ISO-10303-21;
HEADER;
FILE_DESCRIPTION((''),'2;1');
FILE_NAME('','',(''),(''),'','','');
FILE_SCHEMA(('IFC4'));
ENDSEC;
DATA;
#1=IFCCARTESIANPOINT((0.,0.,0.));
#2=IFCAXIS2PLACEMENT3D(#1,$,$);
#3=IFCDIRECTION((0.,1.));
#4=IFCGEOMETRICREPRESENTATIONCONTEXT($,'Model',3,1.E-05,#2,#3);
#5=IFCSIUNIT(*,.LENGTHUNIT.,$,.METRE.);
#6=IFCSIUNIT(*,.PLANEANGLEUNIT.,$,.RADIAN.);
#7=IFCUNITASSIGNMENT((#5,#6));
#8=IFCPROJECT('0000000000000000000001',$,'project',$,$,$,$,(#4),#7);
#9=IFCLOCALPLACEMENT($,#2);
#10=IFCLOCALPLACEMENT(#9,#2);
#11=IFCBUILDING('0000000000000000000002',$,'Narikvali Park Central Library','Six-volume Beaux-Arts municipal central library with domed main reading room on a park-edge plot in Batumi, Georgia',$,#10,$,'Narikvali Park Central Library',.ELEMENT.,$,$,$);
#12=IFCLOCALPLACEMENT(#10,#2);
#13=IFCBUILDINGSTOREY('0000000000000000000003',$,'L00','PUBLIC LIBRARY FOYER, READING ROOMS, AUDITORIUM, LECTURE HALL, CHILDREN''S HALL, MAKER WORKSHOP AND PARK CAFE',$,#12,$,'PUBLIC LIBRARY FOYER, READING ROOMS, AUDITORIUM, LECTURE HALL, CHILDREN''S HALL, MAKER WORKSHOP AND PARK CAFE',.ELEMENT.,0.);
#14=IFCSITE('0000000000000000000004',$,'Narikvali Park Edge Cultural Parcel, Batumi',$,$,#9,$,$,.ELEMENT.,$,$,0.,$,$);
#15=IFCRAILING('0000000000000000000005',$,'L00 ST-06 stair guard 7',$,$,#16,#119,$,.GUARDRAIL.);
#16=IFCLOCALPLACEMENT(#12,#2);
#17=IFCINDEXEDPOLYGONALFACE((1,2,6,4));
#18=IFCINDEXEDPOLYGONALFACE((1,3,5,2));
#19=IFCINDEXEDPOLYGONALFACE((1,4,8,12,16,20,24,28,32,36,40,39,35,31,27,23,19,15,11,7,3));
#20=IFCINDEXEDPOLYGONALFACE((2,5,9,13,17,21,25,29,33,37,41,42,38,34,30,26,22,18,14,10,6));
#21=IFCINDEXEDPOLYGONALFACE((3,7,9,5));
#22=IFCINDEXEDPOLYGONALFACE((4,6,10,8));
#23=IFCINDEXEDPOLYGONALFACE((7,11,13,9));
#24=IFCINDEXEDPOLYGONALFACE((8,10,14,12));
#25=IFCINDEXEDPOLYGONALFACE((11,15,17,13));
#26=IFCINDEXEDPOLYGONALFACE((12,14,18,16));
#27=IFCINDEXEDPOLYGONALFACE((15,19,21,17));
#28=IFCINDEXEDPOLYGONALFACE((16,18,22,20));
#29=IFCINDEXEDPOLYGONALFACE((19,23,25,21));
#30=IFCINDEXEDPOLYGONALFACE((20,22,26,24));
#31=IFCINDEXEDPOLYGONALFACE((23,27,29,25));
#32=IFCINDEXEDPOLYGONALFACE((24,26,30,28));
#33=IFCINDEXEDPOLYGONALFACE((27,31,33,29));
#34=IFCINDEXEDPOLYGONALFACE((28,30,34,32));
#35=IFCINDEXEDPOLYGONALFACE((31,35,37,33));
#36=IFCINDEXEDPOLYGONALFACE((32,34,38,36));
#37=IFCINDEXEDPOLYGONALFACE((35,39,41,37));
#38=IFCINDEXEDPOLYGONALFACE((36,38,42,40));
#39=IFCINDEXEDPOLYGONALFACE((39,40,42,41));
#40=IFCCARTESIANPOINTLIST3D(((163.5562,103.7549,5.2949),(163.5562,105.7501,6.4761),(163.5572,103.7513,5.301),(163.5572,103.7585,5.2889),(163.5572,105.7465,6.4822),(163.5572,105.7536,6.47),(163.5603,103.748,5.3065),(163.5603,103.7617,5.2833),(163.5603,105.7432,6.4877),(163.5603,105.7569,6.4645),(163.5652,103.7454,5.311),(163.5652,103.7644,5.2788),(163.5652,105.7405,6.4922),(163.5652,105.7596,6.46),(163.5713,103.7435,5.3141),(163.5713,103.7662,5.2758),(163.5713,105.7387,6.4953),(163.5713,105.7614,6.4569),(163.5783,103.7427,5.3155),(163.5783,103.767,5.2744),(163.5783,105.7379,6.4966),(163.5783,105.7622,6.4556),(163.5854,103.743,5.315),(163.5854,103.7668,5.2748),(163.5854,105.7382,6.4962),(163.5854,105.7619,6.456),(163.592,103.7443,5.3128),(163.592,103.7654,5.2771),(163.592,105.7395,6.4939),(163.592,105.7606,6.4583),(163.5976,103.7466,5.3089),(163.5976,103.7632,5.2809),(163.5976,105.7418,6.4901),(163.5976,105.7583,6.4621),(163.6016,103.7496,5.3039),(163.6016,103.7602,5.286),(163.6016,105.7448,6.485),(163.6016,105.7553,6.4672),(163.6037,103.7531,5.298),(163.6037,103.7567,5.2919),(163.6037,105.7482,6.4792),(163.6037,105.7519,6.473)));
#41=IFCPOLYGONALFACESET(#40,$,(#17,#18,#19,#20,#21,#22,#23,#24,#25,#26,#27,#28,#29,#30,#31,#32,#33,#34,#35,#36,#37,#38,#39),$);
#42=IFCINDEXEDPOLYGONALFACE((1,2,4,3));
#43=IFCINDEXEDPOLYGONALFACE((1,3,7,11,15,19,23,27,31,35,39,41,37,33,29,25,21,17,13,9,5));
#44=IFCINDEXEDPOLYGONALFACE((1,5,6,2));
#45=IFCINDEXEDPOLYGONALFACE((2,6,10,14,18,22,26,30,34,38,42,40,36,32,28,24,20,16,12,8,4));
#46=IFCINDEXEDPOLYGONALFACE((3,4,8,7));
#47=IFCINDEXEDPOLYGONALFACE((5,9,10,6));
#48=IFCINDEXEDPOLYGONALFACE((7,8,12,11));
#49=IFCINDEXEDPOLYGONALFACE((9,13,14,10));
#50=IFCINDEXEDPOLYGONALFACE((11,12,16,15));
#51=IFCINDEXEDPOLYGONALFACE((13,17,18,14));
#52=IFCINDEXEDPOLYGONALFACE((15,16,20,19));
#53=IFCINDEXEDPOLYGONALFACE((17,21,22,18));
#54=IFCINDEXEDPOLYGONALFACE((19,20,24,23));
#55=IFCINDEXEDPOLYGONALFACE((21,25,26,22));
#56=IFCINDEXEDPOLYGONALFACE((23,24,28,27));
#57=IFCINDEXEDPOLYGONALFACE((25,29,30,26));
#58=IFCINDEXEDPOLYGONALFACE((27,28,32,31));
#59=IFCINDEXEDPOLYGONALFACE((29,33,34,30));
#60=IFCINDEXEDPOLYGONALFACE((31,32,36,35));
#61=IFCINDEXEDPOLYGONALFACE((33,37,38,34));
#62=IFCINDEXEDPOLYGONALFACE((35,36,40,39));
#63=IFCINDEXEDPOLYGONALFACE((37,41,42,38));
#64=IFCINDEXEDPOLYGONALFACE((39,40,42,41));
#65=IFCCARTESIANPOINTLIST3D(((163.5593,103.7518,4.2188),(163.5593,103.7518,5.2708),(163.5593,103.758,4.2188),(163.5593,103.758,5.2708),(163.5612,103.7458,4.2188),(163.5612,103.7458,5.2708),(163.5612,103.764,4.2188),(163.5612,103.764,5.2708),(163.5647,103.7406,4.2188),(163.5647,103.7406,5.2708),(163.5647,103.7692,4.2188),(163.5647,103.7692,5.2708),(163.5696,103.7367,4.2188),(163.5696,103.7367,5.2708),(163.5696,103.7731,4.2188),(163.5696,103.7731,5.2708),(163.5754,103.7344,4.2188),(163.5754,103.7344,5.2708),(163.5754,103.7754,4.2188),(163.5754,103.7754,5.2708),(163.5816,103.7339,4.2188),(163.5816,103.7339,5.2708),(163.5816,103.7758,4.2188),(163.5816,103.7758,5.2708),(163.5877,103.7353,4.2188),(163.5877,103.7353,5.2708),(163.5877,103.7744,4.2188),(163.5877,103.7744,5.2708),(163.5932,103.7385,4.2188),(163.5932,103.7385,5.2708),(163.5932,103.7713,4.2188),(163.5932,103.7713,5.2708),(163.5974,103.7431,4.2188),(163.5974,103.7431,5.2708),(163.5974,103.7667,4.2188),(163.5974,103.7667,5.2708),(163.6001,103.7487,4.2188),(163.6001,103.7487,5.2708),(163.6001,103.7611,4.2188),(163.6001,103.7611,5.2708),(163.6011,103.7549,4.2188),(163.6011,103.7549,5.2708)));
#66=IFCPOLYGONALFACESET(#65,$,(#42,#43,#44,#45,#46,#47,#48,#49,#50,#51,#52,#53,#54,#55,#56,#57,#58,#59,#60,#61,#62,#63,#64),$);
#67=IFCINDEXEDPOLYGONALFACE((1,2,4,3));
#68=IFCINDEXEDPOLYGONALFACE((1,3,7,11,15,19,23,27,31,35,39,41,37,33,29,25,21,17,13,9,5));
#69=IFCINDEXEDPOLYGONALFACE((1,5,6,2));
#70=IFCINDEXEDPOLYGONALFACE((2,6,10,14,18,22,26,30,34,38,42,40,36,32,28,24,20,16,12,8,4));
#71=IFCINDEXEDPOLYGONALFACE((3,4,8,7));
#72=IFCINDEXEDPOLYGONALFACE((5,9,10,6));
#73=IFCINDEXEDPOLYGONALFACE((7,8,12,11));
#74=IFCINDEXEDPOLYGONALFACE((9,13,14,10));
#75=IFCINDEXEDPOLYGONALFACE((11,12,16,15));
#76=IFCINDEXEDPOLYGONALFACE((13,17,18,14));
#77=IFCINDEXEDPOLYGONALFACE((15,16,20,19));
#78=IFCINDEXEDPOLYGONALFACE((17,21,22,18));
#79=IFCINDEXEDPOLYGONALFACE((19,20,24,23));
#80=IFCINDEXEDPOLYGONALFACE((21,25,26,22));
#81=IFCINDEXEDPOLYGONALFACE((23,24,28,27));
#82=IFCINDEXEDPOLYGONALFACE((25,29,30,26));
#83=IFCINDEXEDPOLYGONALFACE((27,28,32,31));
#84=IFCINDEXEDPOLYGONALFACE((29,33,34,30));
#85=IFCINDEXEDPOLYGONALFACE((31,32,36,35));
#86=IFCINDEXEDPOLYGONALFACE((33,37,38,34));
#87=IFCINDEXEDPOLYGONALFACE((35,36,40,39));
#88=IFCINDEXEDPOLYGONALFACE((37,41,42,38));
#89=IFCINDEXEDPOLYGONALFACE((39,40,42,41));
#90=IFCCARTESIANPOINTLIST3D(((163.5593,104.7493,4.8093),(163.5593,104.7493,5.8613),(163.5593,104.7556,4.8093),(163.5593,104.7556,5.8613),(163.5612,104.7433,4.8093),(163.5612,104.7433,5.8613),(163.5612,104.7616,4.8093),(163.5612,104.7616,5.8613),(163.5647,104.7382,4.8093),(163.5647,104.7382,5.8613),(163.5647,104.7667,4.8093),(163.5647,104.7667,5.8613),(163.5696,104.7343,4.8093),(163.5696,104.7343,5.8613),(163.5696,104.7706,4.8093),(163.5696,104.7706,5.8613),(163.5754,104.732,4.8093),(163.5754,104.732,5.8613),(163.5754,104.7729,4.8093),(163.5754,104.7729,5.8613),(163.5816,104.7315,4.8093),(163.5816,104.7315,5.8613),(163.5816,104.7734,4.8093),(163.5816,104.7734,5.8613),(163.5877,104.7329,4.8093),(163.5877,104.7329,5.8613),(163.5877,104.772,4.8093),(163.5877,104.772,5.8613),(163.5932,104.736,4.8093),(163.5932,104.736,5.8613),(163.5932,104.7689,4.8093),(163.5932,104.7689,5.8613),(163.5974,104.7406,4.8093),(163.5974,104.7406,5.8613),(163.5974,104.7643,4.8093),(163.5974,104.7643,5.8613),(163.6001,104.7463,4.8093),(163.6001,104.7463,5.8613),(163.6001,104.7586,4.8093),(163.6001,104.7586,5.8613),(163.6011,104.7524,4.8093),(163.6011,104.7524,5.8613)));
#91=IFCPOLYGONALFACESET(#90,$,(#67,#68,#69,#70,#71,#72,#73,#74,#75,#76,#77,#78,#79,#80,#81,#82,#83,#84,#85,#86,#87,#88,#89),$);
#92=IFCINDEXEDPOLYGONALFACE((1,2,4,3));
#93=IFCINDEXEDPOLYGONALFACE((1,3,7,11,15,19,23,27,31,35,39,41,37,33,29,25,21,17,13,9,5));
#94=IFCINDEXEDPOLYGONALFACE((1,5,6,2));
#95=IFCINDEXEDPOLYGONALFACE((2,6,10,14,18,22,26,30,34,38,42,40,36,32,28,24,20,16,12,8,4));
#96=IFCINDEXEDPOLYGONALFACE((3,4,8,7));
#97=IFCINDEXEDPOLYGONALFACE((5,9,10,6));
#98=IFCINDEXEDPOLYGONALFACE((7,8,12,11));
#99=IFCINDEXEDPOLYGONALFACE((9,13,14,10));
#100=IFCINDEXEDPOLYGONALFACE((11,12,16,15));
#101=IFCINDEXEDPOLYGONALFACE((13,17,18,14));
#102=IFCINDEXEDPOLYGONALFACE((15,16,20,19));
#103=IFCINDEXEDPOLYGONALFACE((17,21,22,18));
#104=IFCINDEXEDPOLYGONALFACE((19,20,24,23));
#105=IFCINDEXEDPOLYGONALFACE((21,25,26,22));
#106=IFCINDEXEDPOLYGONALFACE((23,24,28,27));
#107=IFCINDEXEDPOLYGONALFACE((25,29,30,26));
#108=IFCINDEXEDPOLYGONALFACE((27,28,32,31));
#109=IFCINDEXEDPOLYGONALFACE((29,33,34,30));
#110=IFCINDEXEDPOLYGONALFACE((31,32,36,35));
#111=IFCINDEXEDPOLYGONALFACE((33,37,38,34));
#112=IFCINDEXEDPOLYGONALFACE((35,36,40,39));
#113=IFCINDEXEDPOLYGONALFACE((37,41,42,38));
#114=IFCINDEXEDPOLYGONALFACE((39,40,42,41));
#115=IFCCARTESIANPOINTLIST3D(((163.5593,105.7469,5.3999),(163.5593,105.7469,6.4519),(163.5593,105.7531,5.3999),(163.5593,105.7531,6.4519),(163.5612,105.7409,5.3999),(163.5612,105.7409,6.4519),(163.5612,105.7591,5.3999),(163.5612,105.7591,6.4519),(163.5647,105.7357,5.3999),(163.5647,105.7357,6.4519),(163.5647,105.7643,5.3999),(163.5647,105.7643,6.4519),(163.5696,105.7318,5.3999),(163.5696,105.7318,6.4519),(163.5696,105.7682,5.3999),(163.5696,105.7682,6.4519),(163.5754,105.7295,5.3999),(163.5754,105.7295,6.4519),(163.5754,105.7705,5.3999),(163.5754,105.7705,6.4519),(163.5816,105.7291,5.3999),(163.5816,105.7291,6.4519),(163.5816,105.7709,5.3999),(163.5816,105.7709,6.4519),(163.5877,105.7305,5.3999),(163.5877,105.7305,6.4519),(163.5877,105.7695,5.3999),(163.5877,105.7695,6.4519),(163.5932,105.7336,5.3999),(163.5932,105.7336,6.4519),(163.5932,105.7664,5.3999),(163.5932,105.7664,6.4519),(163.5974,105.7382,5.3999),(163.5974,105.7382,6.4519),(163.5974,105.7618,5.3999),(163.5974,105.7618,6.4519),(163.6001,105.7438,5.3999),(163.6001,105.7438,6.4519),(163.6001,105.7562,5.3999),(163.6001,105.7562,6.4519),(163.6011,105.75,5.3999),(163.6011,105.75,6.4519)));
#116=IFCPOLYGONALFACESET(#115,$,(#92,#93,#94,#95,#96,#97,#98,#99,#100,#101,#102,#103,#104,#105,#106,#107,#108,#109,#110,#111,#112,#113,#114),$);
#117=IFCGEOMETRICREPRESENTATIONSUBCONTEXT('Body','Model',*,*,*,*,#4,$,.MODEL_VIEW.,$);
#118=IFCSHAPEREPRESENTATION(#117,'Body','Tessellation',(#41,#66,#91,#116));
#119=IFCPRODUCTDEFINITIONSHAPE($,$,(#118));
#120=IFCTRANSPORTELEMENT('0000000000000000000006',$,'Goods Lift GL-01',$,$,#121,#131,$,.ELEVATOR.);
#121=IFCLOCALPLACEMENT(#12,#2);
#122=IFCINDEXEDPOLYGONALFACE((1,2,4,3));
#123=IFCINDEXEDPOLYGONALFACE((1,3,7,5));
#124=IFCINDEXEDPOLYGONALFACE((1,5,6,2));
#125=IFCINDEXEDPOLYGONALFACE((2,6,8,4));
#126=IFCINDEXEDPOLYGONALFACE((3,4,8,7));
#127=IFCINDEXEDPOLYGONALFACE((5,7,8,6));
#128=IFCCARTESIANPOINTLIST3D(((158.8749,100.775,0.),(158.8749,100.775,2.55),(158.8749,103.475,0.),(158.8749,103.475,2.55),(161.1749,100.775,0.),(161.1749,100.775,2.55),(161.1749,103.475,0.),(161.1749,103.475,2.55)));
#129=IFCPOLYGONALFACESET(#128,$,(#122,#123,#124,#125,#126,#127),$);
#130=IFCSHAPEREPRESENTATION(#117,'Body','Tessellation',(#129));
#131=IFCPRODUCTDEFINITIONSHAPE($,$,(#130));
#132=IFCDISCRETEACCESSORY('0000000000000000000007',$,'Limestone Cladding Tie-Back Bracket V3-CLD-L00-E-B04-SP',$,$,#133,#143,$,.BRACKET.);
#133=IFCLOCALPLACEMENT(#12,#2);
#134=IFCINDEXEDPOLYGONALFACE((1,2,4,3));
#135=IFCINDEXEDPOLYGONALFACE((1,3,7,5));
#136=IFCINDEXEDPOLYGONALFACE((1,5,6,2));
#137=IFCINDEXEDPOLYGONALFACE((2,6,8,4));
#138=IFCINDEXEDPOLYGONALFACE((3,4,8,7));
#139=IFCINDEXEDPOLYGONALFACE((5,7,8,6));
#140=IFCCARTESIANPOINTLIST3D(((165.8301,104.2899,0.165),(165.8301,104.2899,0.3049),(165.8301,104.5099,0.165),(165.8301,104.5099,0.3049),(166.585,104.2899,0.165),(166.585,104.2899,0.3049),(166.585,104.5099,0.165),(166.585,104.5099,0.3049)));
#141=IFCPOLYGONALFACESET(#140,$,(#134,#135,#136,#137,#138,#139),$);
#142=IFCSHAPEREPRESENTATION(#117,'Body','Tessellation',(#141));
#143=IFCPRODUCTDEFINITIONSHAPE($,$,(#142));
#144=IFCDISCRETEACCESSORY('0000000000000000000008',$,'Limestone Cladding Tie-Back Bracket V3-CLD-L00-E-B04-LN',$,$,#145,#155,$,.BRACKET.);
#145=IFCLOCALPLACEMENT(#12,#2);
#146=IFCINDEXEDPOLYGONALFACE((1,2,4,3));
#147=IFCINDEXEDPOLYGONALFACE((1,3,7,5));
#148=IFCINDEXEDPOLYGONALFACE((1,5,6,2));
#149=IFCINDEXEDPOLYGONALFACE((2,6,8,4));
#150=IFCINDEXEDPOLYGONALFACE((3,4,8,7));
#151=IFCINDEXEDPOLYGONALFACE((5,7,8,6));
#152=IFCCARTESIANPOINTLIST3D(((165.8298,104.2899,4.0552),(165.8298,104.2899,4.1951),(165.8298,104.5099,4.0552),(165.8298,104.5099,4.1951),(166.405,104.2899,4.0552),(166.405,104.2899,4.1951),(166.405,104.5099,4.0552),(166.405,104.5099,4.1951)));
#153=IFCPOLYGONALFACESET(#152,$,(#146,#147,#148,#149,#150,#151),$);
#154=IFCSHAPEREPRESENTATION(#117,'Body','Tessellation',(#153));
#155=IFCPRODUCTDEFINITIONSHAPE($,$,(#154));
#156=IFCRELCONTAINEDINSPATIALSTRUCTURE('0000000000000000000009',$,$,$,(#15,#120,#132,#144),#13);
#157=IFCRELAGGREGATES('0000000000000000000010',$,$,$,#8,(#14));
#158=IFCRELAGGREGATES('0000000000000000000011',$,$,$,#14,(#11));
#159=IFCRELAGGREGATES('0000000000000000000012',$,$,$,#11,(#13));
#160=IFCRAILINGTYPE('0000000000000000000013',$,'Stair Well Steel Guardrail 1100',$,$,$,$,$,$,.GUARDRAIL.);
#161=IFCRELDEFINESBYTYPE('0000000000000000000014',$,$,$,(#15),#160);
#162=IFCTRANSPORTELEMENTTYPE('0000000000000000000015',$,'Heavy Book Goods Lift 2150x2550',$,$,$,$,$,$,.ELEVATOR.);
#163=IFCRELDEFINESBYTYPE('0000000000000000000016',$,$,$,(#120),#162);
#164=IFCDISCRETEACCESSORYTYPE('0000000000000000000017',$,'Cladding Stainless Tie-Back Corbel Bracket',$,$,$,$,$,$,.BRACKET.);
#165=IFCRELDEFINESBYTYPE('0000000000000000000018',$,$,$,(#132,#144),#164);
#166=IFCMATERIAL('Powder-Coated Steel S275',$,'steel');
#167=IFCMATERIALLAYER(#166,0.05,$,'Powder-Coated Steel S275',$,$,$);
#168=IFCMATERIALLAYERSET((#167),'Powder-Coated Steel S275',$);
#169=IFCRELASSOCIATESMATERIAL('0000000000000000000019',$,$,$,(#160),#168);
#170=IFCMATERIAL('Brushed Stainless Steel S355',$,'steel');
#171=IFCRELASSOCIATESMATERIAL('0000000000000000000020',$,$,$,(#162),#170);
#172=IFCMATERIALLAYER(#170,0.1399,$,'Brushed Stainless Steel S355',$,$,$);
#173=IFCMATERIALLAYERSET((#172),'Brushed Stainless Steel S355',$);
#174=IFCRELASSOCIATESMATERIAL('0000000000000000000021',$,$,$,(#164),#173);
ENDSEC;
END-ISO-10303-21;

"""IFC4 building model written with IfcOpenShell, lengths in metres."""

from ifc_helpers import new_model, si_unit, direction, frame, origin, origin_2d, place, context, subcontext, project, spatial, rectangle, circle, extrude, material, layer, layer_set, type_object, element, save


model = new_model("IFC4")

# Units and contexts
model_context = context("Model", 3, precision=1e-05, world=origin(), true_north=direction((0.0, 1.0)))
body_context = subcontext(model_context, "Body", "Model", "MODEL_VIEW")
ifc_project = project(units=[si_unit("LENGTHUNIT", "METRE"), si_unit("PLANEANGLEUNIT", "RADIAN")], contexts=[model_context])

# Site, building, storey
site_placement = place(None, origin())
site = spatial("IfcSite", under=ifc_project, at=site_placement, Name="Narikvali Park Edge Cultural Parcel, Batumi", CompositionType="ELEMENT", RefElevation=0.0)
building_placement = place(site_placement, origin())
building = spatial("IfcBuilding", under=site, at=building_placement, Name="Narikvali Park Central Library", Description="Six-volume Beaux-Arts municipal central library with domed main reading room on a park-edge plot in Batumi, Georgia", LongName="Narikvali Park Central Library", CompositionType="ELEMENT")
storey_placement = place(building_placement, origin())
storey = spatial("IfcBuildingStorey", under=building, at=storey_placement, Name="L00", Description="PUBLIC LIBRARY FOYER, READING ROOMS, AUDITORIUM, LECTURE HALL, CHILDREN'S HALL, MAKER WORKSHOP AND PARK CAFE", LongName="PUBLIC LIBRARY FOYER, READING ROOMS, AUDITORIUM, LECTURE HALL, CHILDREN'S HALL, MAKER WORKSHOP AND PARK CAFE", CompositionType="ELEMENT", Elevation=0.0)

# Shared definitions
ifc_material_1 = material(Name="Brushed Stainless Steel S355", Category="steel")

# Railing
ifc_material_2 = material(Name="Powder-Coated Steel S275", Category="steel")
ifc_layer_1 = layer(ifc_material_2, 0.05, Name="Powder-Coated Steel S275")
ifc_layer_set_1 = layer_set([ifc_layer_1], Name="Powder-Coated Steel S275")
railing_type_1 = type_object("IfcRailingType", Name="Stair Well Steel Guardrail 1100", PredefinedType="GUARDRAIL", material=ifc_layer_set_1)
railing_1_placement = place(storey_placement, frame((163.5801, 103.7549, 4.2188)))
element("IfcRailing", 1, at=railing_1_placement, inside=storey, type_object=railing_type_1, Name="L00 ST-06 stair guard 7", PredefinedType="GUARDRAIL", context=body_context, shape_type="SweptSolid", body=[
    extrude(circle(Radius=0.0239, at=origin_2d()), frame((0.0, 0.0, 1.0762), z_axis=(0.0, 0.860507, 0.509439), x_axis=(-1.0, 0.0, 0.0)), (0.0, 0.0, 1.0), 2.3186),
    extrude(circle(Radius=0.021, at=origin_2d()), origin(), (0.0, 0.0, 1.0), 1.052),
    extrude(circle(Radius=0.021, at=origin_2d()), frame((0.0, 0.9976, 0.5906)), (0.0, 0.0, 1.0), 1.052),
    extrude(circle(Radius=0.021, at=origin_2d()), frame((0.0, 1.9951, 1.1812)), (0.0, 0.0, 1.0), 1.052),
])

# Transport element
transport_element_type = type_object("IfcTransportElementType", Name="Heavy Book Goods Lift 2150x2550", PredefinedType="ELEVATOR", material=ifc_material_1)
transport_element_placement = place(storey_placement, frame((160.0249, 102.125, 0.0), z_axis=(0.0, 0.0, 1.0), x_axis=(1.0, 0.0, 0.0)))
element("IfcTransportElement", 2, at=transport_element_placement, inside=storey, type_object=transport_element_type, Name="Goods Lift GL-01", PredefinedType="ELEVATOR", context=body_context, shape_type="SweptSolid", body=[
    extrude(rectangle(XDim=2.3, YDim=2.7, at=origin_2d()), origin(), (0.0, 0.0, 1.0), 2.55),
])

# Discrete accessories
ifc_layer_2 = layer(ifc_material_1, 0.1399, Name="Brushed Stainless Steel S355")
ifc_layer_set_2 = layer_set([ifc_layer_2], Name="Brushed Stainless Steel S355")
discrete_accessory_type = type_object("IfcDiscreteAccessoryType", Name="Cladding Stainless Tie-Back Corbel Bracket", PredefinedType="BRACKET", material=ifc_layer_set_2)
discrete_accessory_1_placement = place(storey_placement, frame((166.2075, 104.3999, 0.165), z_axis=(0.0, 0.0, 1.0), x_axis=(1.0, 0.0, 0.0)))
element("IfcDiscreteAccessory", 3, at=discrete_accessory_1_placement, inside=storey, type_object=discrete_accessory_type, Name="Limestone Cladding Tie-Back Bracket V3-CLD-L00-E-B04-SP", PredefinedType="BRACKET", context=body_context, shape_type="SweptSolid", body=[
    extrude(rectangle(XDim=0.7549, YDim=0.22, at=origin_2d()), origin(), (0.0, 0.0, 1.0), 0.1399),
])
discrete_accessory_2_placement = place(storey_placement, frame((166.1174, 104.3999, 4.0552), z_axis=(0.0, 0.0, 1.0), x_axis=(1.0, 0.0, 0.0)))
element("IfcDiscreteAccessory", 4, at=discrete_accessory_2_placement, inside=storey, type_object=discrete_accessory_type, Name="Limestone Cladding Tie-Back Bracket V3-CLD-L00-E-B04-LN", PredefinedType="BRACKET", context=body_context, shape_type="SweptSolid", body=[
    extrude(rectangle(XDim=0.5752, YDim=0.22, at=origin_2d()), origin(), (0.0, 0.0, 1.0), 0.1399),
])

save(model, "model.ifc")
